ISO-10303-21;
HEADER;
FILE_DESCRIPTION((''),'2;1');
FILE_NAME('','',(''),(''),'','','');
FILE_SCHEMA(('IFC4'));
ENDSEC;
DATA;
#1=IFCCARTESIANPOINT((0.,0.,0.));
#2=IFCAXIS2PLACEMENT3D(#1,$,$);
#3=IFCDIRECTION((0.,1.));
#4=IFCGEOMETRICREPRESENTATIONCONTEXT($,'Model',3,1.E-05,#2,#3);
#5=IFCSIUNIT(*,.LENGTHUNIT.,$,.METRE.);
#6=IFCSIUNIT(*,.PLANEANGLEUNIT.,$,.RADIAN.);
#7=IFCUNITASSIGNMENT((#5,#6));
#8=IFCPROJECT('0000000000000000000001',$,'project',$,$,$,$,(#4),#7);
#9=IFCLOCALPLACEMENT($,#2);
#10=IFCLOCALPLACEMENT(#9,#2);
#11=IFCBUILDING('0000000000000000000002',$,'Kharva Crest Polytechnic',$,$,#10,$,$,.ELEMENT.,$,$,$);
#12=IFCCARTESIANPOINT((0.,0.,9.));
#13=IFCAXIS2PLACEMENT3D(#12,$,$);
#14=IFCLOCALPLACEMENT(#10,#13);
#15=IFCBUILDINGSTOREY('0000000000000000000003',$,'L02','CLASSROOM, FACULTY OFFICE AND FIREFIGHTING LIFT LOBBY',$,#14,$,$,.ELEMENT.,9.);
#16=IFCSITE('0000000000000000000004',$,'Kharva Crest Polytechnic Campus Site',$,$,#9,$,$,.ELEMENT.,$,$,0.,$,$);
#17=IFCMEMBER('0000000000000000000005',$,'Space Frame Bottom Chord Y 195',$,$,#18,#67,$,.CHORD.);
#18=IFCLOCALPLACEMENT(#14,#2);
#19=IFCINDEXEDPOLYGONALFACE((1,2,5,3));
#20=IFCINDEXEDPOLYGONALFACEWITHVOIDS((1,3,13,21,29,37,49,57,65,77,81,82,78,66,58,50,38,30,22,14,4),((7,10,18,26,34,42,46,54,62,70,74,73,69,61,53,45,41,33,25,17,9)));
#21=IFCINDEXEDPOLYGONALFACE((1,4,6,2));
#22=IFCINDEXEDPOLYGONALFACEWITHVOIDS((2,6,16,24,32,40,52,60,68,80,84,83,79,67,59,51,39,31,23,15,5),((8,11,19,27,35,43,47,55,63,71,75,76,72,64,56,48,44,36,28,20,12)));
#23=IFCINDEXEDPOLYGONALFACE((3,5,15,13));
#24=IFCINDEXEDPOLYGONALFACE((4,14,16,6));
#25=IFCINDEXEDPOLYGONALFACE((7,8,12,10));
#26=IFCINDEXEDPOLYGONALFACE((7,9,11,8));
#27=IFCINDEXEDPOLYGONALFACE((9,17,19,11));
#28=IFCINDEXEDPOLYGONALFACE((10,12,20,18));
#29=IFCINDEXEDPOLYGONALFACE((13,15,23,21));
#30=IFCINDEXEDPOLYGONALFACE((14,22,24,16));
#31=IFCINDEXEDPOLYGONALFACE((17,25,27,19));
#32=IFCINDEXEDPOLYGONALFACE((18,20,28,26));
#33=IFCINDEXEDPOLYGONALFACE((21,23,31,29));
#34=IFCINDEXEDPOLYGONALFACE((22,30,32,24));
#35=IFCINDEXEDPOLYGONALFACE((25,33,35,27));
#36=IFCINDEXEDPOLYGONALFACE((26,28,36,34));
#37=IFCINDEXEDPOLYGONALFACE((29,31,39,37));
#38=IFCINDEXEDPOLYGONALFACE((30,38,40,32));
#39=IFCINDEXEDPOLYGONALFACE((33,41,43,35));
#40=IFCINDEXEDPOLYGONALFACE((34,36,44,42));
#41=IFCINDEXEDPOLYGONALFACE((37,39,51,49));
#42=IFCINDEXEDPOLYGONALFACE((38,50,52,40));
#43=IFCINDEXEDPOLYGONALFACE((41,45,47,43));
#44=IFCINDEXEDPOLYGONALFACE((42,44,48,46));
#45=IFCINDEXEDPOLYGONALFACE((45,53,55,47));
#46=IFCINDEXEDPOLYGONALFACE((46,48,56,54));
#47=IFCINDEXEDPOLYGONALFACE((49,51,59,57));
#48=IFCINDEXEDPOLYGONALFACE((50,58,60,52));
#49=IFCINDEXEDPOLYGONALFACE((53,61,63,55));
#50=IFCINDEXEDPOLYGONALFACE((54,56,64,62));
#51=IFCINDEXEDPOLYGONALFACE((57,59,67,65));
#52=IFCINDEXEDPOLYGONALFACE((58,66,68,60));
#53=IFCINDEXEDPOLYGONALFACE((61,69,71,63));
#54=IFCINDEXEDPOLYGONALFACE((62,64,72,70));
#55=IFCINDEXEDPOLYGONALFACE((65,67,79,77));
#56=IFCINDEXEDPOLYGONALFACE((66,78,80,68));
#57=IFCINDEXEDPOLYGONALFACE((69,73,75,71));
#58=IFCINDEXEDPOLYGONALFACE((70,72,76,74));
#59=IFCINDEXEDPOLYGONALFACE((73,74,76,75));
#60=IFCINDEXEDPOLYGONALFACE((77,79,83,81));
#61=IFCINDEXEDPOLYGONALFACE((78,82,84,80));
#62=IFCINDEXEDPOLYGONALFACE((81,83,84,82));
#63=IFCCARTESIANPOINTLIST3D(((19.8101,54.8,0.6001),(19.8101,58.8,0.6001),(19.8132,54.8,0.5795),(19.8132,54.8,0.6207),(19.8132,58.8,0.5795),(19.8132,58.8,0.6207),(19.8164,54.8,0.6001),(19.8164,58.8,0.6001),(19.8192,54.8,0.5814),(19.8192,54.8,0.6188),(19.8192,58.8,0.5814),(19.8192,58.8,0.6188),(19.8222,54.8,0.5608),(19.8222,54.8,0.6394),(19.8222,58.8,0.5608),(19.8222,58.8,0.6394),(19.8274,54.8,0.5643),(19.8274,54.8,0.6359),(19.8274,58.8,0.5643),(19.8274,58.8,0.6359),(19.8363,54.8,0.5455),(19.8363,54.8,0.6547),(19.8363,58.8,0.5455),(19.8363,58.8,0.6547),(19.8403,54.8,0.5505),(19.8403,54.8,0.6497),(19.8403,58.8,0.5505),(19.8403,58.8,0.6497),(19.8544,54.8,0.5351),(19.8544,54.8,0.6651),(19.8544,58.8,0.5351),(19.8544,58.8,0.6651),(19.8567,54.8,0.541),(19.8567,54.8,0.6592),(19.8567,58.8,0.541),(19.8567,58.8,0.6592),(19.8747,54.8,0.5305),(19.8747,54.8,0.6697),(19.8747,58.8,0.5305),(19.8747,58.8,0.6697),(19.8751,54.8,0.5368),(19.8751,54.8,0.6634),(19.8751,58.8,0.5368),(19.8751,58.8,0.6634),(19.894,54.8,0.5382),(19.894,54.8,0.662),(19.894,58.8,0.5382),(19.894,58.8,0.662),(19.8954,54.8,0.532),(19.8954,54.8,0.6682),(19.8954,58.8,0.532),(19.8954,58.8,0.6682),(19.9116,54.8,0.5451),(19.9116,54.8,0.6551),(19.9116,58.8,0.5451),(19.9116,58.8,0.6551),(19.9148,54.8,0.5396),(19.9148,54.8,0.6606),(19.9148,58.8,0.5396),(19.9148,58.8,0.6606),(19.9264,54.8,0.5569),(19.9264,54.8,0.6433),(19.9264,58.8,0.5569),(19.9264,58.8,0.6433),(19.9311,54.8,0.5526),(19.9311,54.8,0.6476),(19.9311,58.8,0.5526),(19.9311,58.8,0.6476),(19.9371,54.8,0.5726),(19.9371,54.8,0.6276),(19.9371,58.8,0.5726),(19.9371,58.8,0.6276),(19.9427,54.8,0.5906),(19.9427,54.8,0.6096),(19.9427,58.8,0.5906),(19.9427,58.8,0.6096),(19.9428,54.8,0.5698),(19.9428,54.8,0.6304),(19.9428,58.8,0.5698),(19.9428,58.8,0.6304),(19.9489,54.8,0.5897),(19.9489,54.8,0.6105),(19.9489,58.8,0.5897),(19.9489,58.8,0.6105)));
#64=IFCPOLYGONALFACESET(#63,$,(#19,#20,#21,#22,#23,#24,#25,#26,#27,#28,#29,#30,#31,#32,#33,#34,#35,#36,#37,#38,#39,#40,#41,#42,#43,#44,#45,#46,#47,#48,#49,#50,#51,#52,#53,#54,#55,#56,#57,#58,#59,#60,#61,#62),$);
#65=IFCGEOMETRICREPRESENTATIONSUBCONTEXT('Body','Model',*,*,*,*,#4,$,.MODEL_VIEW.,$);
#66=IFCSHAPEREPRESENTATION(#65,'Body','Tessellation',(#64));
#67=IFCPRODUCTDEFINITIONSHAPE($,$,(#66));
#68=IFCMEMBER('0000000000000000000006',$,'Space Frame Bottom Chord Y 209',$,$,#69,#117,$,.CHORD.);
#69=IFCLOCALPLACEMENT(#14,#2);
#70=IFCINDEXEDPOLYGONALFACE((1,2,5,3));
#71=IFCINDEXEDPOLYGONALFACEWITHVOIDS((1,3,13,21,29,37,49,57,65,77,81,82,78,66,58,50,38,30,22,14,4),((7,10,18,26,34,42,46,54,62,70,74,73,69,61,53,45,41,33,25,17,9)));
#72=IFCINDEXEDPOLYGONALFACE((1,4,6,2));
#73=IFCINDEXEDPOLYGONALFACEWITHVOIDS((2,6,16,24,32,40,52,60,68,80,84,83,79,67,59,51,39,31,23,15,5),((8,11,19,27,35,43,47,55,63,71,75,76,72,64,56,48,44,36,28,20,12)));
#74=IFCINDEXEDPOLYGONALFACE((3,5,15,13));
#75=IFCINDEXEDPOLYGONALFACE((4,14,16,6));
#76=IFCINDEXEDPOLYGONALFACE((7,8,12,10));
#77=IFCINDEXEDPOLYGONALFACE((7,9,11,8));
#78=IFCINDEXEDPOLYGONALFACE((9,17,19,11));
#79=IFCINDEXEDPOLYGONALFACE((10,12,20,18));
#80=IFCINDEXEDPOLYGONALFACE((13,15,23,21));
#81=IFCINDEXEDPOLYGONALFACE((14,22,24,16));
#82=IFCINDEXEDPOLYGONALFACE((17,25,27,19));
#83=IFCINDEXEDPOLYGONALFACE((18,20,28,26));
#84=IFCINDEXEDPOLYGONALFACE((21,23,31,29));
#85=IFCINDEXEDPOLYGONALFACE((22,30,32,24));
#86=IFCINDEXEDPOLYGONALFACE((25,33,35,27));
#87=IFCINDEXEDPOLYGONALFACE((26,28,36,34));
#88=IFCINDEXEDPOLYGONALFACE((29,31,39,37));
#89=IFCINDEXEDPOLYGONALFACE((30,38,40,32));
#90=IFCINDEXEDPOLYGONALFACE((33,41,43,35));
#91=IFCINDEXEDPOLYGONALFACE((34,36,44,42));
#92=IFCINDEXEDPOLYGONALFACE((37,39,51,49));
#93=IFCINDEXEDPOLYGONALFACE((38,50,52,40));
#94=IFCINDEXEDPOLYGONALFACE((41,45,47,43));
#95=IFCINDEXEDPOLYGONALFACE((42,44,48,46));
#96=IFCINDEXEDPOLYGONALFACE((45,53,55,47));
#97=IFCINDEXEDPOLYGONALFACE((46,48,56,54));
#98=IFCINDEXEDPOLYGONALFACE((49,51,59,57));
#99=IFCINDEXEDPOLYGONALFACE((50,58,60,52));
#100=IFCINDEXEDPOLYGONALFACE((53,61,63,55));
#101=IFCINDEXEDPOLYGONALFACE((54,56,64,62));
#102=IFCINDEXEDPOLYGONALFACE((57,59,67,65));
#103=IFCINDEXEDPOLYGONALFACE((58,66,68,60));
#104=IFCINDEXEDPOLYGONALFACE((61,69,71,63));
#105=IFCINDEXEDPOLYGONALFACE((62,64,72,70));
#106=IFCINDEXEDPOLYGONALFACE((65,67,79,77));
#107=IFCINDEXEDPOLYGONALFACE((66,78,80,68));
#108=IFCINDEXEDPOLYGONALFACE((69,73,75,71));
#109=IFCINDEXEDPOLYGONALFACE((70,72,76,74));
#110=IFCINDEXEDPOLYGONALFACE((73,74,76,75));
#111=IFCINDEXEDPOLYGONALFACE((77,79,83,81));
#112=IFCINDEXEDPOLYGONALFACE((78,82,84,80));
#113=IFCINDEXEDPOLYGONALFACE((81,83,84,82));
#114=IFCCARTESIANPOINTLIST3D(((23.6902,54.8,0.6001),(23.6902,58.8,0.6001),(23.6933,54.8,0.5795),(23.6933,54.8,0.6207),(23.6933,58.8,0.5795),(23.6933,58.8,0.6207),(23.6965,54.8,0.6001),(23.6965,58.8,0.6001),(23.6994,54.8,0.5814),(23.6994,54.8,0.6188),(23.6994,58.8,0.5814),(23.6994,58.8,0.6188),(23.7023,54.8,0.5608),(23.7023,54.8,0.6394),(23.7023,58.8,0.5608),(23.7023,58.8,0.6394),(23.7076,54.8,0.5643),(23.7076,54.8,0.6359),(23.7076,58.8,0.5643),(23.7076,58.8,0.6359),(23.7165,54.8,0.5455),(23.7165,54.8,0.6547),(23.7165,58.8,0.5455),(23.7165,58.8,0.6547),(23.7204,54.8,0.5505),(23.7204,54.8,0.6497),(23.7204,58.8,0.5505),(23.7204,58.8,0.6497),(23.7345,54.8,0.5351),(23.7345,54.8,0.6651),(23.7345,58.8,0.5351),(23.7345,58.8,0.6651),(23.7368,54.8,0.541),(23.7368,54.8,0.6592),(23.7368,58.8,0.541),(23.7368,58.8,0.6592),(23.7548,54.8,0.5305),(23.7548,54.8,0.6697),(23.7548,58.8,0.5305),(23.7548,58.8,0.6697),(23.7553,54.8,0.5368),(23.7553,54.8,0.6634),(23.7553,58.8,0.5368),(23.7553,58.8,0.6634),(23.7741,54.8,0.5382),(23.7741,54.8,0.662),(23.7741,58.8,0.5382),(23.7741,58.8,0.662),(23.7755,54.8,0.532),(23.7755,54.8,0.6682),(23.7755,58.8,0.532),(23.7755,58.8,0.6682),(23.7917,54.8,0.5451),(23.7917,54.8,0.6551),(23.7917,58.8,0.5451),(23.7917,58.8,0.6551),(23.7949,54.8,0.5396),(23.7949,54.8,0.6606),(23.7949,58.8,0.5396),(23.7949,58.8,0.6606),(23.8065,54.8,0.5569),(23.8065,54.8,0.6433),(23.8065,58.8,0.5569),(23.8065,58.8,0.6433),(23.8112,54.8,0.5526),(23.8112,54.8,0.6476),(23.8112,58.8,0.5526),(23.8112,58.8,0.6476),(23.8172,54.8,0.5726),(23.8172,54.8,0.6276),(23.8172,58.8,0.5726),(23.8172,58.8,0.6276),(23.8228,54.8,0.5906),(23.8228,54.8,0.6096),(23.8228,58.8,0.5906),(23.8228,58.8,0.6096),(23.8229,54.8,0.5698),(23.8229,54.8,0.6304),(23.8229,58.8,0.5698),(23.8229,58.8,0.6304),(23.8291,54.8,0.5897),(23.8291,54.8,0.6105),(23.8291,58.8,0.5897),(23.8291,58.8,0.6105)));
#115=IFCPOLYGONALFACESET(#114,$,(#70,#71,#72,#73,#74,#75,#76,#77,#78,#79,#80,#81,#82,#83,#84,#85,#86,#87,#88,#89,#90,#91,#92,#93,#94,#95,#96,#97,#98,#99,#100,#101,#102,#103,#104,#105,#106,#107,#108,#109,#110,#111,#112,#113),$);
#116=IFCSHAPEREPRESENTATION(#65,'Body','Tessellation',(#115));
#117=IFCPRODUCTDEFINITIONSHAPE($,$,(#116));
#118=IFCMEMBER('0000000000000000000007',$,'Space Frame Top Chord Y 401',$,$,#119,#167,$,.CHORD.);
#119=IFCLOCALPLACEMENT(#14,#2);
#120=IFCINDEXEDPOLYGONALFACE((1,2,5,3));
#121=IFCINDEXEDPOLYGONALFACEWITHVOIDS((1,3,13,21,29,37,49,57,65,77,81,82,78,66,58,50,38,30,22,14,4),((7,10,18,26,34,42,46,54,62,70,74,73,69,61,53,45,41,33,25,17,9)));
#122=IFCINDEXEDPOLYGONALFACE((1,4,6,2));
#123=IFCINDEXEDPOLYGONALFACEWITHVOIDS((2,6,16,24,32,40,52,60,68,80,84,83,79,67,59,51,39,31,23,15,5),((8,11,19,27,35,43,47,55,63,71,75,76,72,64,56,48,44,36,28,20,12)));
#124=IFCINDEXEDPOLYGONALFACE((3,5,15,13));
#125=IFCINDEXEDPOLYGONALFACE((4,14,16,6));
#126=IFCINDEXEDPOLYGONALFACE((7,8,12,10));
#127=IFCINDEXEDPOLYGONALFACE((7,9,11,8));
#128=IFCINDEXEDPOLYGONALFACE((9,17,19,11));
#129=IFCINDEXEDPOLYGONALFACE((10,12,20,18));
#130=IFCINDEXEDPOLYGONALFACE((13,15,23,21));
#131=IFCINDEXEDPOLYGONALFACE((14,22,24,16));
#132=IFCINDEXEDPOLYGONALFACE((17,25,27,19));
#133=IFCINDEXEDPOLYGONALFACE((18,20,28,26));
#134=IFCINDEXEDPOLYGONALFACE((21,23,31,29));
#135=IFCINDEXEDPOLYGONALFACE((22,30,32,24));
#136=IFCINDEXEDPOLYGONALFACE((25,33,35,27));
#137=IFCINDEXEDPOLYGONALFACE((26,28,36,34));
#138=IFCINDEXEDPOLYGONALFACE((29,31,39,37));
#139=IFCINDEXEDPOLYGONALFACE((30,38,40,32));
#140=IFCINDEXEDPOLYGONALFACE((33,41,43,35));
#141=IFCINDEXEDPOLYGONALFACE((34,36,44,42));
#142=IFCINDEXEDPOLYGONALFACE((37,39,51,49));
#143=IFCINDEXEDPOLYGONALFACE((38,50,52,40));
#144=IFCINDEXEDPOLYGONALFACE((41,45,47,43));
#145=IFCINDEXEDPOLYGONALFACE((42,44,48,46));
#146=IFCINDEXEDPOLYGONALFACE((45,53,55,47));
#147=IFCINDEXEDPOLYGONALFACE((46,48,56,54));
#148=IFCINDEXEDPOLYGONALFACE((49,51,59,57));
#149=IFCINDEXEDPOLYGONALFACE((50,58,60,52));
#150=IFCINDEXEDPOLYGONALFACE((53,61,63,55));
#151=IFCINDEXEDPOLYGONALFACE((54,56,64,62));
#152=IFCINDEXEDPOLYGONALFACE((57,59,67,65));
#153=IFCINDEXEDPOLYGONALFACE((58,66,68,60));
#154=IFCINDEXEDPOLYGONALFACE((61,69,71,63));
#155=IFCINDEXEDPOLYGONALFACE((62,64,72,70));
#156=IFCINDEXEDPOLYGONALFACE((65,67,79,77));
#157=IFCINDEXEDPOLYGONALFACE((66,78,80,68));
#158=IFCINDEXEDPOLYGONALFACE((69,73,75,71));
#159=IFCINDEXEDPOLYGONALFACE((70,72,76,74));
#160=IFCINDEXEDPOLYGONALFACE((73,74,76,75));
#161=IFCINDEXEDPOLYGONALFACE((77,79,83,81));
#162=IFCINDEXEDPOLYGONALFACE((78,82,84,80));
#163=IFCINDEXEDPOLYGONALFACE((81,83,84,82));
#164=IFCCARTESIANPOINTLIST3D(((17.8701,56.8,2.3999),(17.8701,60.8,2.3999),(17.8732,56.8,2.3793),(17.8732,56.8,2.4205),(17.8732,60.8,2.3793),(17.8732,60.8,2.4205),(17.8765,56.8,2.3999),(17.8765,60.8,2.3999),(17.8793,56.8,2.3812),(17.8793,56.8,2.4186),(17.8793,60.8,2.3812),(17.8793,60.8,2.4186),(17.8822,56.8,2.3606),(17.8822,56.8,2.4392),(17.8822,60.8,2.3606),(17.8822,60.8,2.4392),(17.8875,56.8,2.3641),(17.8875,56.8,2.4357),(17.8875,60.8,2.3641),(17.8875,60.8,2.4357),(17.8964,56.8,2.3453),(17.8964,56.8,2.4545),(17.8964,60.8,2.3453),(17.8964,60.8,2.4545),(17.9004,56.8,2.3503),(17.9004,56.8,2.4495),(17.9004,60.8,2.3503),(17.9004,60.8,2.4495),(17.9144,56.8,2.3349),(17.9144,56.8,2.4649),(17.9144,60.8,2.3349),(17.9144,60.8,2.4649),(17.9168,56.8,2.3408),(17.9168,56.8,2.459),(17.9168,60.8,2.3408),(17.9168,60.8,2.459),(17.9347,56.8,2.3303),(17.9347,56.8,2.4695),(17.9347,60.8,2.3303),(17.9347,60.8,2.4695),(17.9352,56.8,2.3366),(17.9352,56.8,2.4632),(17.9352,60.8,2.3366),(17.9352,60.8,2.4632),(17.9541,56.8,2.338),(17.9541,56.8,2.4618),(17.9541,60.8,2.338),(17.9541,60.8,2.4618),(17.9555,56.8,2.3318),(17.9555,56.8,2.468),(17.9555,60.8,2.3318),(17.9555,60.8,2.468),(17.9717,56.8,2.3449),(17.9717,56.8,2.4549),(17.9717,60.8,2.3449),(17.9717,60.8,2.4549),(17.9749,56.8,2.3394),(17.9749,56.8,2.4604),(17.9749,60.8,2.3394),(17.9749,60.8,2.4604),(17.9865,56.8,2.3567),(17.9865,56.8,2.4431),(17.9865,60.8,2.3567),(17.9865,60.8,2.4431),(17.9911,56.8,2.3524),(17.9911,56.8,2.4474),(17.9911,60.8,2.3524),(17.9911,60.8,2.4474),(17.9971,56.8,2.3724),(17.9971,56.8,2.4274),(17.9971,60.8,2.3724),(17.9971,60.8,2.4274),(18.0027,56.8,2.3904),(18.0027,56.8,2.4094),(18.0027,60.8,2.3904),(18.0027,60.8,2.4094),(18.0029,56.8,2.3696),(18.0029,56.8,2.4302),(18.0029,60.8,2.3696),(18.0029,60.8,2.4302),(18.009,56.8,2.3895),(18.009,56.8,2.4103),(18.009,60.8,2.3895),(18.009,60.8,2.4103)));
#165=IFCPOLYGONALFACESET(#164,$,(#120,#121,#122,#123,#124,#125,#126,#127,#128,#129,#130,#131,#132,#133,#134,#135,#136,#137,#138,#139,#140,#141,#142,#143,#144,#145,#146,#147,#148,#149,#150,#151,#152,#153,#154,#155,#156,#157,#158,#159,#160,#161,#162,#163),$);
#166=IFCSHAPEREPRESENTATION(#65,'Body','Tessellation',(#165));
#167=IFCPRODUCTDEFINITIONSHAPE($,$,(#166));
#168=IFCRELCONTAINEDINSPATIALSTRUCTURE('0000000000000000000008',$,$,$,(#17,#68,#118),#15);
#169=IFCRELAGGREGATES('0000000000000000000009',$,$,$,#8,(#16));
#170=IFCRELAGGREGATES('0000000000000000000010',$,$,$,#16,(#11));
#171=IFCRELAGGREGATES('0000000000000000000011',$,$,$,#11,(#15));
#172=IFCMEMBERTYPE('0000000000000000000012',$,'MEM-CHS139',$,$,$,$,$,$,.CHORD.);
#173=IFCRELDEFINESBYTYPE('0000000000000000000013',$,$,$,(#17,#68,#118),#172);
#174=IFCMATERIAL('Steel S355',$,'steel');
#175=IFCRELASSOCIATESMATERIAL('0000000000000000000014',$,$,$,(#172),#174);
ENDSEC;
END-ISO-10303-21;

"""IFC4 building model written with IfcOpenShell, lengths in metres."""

from ifc_helpers import new_model, si_unit, direction, frame, origin, origin_2d, place, context, subcontext, project, spatial, hollow_circle, extrude, material, material_profile, profile_set, type_object, element, save


model = new_model("IFC4")

# Units and contexts
model_context = context("Model", 3, precision=1e-05, world=origin(), true_north=direction((0.0, 1.0)))
body_context = subcontext(model_context, "Body", "Model", "MODEL_VIEW")
ifc_project = project(units=[si_unit("LENGTHUNIT", "METRE"), si_unit("PLANEANGLEUNIT", "RADIAN")], contexts=[model_context])

# Site, building, storey
site_placement = place(None, origin())
site = spatial("IfcSite", under=ifc_project, at=site_placement, Name="Kharva Crest Polytechnic Campus Site", CompositionType="ELEMENT", RefElevation=0.0)
building_placement = place(site_placement, origin())
building = spatial("IfcBuilding", under=site, at=building_placement, Name="Kharva Crest Polytechnic", CompositionType="ELEMENT")
storey_placement = place(building_placement, frame((0.0, 0.0, 9.0)))
storey = spatial("IfcBuildingStorey", under=building, at=storey_placement, Name="L02", Description="CLASSROOM, FACULTY OFFICE AND FIREFIGHTING LIFT LOBBY", CompositionType="ELEMENT", Elevation=9.0)

# Shared definitions
ifc_material_1 = material(Name="Steel S355", Category="steel")

# Members
ifc_material_profile_1 = material_profile(ifc_material_1, hollow_circle(Radius=0.0698, WallThickness=0.0063, at=origin_2d()), Name="CHS 139.7X6.3")
ifc_profile_set_1 = profile_set([ifc_material_profile_1], Name="Steel S355")
member_type_1 = type_object("IfcMemberType", Name="MEM-CHS139", PredefinedType="CHORD", material=ifc_profile_set_1)
for number, where, z_axis, x_axis, name in (
    (1, (19.8799, 54.8, 0.6001), (0.0, 1.0, 0.0), (-1.0, 0.0, 0.0), "Space Frame Bottom Chord Y 195"),
    (2, (23.76, 54.8, 0.6001), (0.0, 1.0, 0.0), (-1.0, 0.0, 0.0), "Space Frame Bottom Chord Y 209"),
    (3, (17.9399, 56.8, 2.3999), (0.0, 1.0, 0.0), (-1.0, 0.0, 0.0), "Space Frame Top Chord Y 401"),
):
    element("IfcMember", number, at=place(storey_placement, frame(where, z_axis=z_axis, x_axis=x_axis)), inside=storey, type_object=member_type_1, Name=name, PredefinedType="CHORD", context=body_context, shape_type="SweptSolid", body=[
        extrude(hollow_circle(Radius=0.0698, WallThickness=0.0063, at=origin_2d()), origin(), (0.0, 0.0, 1.0), 4.0),
    ])

save(model, "model.ifc")
